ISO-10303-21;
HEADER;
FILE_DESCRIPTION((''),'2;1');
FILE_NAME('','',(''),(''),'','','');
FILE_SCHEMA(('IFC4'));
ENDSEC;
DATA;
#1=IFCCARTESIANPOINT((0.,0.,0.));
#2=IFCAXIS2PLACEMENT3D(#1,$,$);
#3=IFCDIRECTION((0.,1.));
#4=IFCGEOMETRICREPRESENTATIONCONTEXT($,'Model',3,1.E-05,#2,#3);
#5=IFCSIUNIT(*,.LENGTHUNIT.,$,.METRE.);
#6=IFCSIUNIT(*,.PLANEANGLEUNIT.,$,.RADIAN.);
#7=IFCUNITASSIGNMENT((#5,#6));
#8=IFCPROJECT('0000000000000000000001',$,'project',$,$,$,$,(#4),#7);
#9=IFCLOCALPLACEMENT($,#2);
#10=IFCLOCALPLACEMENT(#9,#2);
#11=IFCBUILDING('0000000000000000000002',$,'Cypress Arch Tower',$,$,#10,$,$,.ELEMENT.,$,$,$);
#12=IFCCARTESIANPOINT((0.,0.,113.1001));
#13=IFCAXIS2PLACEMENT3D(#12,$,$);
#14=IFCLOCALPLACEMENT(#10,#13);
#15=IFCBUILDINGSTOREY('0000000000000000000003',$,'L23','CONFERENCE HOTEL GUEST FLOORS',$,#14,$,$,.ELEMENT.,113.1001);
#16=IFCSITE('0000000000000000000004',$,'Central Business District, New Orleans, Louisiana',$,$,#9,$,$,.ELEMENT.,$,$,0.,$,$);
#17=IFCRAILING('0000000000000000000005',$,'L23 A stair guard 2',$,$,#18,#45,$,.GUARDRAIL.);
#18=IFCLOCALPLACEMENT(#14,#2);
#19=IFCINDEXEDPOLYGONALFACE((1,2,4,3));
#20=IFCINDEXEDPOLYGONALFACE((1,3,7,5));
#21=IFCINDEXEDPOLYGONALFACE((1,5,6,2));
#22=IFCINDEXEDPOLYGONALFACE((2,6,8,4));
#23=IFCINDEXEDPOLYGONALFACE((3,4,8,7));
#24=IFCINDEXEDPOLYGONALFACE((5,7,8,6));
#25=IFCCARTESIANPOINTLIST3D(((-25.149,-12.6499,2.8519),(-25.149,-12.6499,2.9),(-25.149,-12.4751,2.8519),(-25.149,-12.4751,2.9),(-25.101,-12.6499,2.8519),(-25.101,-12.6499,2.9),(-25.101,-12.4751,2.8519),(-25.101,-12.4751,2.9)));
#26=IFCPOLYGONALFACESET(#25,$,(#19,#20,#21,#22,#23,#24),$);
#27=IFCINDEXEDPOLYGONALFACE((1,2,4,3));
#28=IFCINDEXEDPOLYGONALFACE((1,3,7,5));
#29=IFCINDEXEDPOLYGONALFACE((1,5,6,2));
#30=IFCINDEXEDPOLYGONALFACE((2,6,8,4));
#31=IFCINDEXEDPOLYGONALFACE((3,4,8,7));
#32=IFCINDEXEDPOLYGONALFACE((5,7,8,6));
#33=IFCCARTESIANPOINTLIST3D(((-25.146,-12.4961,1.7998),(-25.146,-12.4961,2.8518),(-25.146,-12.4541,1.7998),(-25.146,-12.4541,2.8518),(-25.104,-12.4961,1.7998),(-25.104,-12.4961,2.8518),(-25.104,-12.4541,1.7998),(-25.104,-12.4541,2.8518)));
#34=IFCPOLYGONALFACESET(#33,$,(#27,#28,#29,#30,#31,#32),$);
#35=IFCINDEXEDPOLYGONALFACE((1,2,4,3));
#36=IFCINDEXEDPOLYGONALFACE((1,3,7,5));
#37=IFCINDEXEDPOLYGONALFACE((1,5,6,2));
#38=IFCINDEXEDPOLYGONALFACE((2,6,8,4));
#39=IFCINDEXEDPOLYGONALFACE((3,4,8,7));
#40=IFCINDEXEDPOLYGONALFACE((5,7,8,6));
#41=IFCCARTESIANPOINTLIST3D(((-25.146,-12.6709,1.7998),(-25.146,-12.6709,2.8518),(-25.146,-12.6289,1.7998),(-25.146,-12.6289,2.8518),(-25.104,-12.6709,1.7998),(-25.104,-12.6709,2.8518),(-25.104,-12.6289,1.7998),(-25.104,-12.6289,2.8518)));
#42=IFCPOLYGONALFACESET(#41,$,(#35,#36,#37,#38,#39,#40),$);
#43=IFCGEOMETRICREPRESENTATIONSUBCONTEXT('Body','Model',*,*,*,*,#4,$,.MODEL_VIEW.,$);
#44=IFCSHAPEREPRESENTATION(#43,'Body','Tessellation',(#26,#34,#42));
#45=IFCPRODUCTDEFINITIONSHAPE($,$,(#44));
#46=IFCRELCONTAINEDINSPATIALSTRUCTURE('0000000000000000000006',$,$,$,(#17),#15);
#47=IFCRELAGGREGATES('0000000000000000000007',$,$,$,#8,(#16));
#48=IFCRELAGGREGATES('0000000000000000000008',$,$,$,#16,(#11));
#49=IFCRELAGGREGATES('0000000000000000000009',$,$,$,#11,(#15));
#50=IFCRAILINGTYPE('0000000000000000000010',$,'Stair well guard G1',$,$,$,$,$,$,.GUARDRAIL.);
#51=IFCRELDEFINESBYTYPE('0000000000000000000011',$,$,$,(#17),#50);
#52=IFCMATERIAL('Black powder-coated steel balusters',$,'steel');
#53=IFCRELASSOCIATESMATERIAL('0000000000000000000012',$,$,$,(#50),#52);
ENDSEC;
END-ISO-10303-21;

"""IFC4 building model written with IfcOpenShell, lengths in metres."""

from ifc_helpers import new_model, si_unit, direction, frame, origin, origin_2d, place, context, subcontext, project, spatial, rectangle, extrude, material, type_object, element, save


model = new_model("IFC4")

# Units and contexts
model_context = context("Model", 3, precision=1e-05, world=origin(), true_north=direction((0.0, 1.0)))
body_context = subcontext(model_context, "Body", "Model", "MODEL_VIEW")
ifc_project = project(units=[si_unit("LENGTHUNIT", "METRE"), si_unit("PLANEANGLEUNIT", "RADIAN")], contexts=[model_context])

# Site, building, storey
site_placement = place(None, origin())
site = spatial("IfcSite", under=ifc_project, at=site_placement, Name="Central Business District, New Orleans, Louisiana", CompositionType="ELEMENT", RefElevation=0.0)
building_placement = place(site_placement, origin())
building = spatial("IfcBuilding", under=site, at=building_placement, Name="Cypress Arch Tower", CompositionType="ELEMENT")
storey_placement = place(building_placement, frame((0.0, 0.0, 113.1001)))
storey = spatial("IfcBuildingStorey", under=building, at=storey_placement, Name="L23", Description="CONFERENCE HOTEL GUEST FLOORS", CompositionType="ELEMENT", Elevation=113.1001)

# Railing
ifc_material_1 = material(Name="Black powder-coated steel balusters", Category="steel")
railing_type_1 = type_object("IfcRailingType", Name="Stair well guard G1", PredefinedType="GUARDRAIL", material=ifc_material_1)
railing_1_placement = place(storey_placement, frame((-25.125, -12.4751, 1.7998)))
element("IfcRailing", 1, at=railing_1_placement, inside=storey, type_object=railing_type_1, Name="L23 A stair guard 2", PredefinedType="GUARDRAIL", context=body_context, shape_type="SweptSolid", body=[
    extrude(rectangle(XDim=0.0481, YDim=0.0481, at=origin_2d()), frame((0.0, 0.0, 1.0762), z_axis=(0.0, -1.0, 0.0), x_axis=(1.0, 0.0, 0.0)), (0.0, 0.0, 1.0), 0.1748),
    extrude(rectangle(XDim=0.042, YDim=0.042, at=origin_2d()), origin(), (0.0, 0.0, 1.0), 1.052),
    extrude(rectangle(XDim=0.042, YDim=0.042, at=origin_2d()), frame((0.0, -0.1748, 0.0)), (0.0, 0.0, 1.0), 1.052),
])

save(model, "model.ifc")
